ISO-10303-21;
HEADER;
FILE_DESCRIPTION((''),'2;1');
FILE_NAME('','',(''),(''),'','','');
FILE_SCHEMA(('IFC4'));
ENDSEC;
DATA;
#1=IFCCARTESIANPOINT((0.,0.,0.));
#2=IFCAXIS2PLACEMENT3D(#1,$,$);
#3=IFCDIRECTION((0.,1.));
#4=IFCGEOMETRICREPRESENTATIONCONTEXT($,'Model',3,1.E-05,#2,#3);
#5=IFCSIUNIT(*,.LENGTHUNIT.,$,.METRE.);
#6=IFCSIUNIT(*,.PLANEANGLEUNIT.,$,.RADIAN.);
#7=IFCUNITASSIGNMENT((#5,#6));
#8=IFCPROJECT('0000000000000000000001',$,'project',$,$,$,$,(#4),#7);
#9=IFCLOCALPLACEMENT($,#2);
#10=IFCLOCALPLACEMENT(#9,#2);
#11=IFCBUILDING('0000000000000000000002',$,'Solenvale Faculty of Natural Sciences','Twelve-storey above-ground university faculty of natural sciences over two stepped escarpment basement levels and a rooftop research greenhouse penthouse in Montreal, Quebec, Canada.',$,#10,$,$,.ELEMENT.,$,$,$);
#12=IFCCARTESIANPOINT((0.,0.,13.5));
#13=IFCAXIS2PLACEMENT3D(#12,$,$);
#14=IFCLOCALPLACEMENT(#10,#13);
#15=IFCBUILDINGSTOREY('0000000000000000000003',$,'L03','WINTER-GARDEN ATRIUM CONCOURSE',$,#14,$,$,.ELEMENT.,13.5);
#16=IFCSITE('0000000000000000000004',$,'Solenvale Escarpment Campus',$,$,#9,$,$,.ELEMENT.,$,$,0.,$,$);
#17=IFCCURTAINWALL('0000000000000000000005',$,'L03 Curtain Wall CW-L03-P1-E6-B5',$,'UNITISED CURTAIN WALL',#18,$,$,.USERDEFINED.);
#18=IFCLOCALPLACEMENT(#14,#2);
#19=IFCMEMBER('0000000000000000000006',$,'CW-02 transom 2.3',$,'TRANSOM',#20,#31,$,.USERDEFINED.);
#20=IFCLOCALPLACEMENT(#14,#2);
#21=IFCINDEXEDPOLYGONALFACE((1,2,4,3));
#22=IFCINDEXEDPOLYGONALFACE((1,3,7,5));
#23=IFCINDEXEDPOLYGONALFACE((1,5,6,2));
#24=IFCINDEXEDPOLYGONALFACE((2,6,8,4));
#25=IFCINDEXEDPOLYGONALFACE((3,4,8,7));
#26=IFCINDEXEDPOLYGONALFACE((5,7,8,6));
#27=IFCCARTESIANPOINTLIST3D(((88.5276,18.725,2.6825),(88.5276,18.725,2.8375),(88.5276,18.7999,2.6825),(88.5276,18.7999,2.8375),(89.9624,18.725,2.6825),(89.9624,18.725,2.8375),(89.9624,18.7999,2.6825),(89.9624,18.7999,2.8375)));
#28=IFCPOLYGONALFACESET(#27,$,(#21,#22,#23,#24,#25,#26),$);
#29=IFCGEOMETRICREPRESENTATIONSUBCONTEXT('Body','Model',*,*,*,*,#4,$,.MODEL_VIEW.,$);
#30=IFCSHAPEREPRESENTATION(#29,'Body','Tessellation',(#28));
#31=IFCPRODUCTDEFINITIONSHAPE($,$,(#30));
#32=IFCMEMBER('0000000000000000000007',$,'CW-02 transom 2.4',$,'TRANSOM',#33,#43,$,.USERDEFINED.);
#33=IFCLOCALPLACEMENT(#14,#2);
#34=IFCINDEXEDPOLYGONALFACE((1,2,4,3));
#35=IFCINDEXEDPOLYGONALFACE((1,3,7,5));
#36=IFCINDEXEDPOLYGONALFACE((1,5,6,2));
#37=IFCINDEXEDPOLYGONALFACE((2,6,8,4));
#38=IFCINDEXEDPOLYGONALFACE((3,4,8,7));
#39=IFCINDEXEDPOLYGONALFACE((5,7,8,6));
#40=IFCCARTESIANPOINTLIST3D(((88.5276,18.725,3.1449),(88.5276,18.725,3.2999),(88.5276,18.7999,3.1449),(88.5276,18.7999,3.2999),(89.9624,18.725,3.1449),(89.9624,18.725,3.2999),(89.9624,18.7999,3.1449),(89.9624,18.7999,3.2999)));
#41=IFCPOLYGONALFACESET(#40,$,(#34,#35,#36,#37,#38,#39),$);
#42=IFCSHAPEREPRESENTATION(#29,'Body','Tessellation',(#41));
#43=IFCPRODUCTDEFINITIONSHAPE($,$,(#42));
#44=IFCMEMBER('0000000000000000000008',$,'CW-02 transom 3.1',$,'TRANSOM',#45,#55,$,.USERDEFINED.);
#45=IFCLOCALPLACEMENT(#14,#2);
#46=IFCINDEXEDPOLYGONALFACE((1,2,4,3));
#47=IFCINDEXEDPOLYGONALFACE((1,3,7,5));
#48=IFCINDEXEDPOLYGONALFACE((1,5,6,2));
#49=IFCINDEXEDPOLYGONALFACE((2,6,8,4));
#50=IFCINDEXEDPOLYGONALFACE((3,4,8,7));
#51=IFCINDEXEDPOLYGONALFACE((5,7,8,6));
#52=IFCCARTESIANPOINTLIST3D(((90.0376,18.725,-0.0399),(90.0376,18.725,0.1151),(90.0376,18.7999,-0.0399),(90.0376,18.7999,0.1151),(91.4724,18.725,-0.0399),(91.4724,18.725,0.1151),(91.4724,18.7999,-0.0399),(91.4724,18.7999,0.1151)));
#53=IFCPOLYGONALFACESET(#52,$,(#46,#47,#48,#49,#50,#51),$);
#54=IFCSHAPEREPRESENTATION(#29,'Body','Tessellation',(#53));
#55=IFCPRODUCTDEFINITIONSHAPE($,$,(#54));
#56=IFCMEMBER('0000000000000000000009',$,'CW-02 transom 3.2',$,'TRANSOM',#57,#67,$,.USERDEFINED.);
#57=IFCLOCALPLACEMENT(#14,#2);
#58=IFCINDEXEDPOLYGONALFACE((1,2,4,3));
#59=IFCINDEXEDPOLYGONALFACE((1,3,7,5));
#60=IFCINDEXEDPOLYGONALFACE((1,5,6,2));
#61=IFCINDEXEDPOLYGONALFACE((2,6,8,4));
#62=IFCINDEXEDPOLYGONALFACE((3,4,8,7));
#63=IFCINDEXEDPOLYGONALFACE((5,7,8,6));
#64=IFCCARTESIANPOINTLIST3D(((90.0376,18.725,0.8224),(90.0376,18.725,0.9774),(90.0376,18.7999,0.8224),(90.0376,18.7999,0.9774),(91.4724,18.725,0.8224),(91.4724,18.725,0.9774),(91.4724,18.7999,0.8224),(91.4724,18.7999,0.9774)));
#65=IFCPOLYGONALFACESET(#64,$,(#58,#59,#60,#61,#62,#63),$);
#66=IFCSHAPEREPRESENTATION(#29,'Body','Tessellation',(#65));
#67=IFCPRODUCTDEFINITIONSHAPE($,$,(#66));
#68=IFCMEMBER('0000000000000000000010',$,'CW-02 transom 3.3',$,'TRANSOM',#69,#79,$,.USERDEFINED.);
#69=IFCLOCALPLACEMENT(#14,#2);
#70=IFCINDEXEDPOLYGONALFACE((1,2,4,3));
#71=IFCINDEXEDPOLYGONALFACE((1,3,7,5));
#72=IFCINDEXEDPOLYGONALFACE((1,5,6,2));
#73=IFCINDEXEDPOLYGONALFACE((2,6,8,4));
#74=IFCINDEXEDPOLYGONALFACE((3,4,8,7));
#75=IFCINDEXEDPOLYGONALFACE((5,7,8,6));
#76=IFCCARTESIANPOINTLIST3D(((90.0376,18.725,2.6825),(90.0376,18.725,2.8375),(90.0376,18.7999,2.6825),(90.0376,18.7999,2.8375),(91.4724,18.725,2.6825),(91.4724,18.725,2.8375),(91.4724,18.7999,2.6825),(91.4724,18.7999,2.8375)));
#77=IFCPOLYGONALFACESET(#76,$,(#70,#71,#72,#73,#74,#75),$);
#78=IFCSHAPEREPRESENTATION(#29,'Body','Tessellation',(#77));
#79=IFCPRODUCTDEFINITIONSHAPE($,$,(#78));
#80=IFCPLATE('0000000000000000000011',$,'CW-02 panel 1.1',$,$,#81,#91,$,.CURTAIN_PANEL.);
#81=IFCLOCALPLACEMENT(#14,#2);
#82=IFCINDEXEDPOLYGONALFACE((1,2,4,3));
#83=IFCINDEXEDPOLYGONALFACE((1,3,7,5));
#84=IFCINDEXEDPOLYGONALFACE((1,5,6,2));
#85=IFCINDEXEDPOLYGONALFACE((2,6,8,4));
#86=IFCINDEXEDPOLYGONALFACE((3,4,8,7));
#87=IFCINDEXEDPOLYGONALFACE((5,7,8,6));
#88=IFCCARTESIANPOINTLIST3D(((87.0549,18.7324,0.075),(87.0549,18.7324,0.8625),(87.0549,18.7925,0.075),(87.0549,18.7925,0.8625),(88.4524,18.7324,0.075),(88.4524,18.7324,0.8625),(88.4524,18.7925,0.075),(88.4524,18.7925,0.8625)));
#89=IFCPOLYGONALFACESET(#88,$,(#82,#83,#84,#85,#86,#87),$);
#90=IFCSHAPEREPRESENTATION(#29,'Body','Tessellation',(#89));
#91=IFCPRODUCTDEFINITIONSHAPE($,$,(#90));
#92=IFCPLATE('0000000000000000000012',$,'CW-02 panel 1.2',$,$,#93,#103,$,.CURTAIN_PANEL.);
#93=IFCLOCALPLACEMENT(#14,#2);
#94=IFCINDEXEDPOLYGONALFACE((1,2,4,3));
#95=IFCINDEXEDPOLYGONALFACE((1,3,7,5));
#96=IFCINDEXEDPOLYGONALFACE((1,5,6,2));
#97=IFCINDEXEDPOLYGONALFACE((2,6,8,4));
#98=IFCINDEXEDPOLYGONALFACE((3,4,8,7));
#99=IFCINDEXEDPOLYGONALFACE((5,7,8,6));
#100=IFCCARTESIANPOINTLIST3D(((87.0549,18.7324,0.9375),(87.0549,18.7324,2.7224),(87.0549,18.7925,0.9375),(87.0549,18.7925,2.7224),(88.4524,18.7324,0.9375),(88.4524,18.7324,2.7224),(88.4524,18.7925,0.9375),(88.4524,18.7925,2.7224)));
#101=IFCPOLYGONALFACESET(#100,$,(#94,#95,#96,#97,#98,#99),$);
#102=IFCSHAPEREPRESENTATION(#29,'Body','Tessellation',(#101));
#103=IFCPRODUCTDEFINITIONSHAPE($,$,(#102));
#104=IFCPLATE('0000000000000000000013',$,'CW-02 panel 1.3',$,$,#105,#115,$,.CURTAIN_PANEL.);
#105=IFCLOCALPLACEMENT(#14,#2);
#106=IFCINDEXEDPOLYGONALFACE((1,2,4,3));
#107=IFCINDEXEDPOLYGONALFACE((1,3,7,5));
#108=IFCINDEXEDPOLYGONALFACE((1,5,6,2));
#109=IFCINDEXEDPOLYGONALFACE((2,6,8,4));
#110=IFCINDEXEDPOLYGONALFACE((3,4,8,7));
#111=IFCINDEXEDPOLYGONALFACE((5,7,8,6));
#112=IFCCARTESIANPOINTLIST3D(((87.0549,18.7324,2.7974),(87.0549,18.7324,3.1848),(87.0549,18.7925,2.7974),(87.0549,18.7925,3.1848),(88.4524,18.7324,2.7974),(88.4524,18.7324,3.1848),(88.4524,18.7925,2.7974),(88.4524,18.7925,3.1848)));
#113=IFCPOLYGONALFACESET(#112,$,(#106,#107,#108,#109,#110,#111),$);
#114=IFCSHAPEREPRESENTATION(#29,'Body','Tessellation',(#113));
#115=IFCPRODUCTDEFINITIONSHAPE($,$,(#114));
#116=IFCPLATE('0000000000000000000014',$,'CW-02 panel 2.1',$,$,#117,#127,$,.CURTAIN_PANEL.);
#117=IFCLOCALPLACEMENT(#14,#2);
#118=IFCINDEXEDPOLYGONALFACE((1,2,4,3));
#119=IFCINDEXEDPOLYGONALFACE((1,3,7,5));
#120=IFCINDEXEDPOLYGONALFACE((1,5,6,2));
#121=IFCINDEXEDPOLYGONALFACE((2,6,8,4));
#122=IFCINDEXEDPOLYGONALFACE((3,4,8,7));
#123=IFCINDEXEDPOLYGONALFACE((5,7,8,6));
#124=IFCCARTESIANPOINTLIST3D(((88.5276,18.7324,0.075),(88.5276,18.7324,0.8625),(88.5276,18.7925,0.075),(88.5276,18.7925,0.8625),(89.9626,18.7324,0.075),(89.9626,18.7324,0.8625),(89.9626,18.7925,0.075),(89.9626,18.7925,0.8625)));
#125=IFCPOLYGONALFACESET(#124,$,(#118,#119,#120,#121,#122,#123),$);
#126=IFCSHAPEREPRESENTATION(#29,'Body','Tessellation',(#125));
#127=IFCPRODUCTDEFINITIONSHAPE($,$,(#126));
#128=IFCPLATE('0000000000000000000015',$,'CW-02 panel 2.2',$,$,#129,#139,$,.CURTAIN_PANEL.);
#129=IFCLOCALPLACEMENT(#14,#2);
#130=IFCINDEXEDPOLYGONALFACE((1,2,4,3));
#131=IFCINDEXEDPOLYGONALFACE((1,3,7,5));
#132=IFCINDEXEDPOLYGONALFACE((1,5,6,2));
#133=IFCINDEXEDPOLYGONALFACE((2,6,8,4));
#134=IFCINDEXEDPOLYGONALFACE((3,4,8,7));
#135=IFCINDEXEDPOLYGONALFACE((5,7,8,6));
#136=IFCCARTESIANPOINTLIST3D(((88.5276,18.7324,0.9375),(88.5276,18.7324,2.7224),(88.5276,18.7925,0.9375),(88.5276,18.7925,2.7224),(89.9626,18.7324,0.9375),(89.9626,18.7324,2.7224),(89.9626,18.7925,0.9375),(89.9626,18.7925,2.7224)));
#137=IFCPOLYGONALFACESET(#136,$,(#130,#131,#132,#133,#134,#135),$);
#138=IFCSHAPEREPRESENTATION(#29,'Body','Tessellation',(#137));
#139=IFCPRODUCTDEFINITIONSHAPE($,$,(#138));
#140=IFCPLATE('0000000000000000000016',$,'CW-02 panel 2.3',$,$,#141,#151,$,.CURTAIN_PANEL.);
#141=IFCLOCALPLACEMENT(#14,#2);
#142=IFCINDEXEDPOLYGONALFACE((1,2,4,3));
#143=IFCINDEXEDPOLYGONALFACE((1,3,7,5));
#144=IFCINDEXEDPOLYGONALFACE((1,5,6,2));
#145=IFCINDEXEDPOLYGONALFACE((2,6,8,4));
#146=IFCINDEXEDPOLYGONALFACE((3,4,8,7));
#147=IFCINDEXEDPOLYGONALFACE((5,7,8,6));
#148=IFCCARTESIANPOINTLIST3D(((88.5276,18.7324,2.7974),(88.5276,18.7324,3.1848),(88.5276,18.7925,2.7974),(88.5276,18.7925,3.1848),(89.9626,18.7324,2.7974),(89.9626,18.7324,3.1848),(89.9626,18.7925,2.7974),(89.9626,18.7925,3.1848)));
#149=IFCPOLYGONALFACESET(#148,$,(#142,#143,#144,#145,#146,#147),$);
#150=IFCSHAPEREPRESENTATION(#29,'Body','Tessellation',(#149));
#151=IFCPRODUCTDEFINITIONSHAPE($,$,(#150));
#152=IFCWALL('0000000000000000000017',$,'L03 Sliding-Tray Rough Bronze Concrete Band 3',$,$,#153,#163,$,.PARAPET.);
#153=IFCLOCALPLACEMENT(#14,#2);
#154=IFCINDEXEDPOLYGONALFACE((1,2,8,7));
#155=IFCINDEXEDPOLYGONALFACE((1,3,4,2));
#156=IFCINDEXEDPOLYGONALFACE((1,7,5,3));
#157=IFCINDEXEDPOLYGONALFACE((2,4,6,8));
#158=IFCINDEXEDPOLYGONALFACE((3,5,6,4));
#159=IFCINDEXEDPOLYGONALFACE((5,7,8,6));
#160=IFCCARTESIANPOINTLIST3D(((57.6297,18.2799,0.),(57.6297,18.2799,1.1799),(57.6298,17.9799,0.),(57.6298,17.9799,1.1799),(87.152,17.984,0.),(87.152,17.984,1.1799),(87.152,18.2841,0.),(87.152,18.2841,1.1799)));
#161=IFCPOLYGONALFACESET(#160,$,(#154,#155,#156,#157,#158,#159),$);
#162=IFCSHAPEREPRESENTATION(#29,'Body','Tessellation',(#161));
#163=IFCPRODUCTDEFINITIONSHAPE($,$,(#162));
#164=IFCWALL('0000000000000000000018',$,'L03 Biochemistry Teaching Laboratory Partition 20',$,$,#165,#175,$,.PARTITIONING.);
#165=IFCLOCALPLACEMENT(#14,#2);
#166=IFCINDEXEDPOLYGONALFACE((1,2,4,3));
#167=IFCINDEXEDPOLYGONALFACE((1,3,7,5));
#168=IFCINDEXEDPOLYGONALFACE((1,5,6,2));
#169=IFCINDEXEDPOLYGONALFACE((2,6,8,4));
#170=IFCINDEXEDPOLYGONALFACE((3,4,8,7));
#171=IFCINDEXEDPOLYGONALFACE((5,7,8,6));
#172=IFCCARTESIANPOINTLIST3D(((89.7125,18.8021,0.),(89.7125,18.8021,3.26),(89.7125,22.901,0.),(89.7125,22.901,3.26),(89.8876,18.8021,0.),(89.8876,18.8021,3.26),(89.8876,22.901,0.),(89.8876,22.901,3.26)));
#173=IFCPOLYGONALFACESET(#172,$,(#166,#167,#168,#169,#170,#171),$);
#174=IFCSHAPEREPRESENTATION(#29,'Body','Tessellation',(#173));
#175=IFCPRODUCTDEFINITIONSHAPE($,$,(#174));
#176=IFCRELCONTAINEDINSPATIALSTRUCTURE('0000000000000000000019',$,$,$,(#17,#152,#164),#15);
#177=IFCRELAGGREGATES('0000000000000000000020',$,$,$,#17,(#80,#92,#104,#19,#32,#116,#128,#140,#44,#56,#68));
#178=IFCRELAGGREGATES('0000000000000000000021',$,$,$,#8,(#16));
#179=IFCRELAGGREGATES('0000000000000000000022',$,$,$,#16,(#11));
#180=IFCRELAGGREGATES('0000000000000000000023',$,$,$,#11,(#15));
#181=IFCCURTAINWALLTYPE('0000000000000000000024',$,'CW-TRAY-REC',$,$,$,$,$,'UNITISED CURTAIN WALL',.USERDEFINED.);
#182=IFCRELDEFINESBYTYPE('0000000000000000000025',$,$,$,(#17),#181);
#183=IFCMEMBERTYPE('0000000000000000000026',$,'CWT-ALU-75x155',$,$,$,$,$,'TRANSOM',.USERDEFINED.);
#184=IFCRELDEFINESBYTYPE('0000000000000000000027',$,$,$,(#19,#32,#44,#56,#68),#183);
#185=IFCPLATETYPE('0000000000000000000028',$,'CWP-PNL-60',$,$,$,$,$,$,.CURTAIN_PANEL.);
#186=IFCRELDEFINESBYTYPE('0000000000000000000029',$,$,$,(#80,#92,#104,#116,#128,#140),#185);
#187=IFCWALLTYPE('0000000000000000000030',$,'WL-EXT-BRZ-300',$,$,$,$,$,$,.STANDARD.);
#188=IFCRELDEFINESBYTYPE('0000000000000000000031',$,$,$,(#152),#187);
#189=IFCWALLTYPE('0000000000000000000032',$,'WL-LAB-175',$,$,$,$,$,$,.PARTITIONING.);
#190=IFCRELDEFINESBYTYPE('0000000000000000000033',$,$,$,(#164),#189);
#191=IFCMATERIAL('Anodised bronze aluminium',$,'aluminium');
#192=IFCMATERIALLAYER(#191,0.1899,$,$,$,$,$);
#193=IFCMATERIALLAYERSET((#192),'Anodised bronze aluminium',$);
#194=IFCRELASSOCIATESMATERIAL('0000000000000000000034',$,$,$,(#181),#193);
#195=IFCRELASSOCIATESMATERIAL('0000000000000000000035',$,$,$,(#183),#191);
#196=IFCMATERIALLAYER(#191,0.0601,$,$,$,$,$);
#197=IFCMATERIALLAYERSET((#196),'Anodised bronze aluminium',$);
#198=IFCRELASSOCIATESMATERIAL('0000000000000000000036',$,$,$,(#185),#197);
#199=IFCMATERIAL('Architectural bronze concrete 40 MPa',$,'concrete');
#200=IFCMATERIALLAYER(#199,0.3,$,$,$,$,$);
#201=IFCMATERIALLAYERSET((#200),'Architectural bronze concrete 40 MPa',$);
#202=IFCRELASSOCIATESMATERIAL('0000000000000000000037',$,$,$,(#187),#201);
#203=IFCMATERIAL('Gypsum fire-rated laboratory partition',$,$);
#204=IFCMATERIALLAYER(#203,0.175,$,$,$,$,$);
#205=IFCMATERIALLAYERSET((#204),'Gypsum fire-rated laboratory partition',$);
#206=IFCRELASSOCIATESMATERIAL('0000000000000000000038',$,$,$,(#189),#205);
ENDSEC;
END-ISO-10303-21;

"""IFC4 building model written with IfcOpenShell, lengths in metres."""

from ifc_helpers import new_model, si_unit, direction, frame, frame_2d, origin, origin_2d, place, context, subcontext, project, spatial, rectangle, extrude, material, layer, layer_set, material_profile, profile_set, type_object, element, aggregate, save


model = new_model("IFC4")

# Units and contexts
model_context = context("Model", 3, precision=1e-05, world=origin(), true_north=direction((0.0, 1.0)))
body_context = subcontext(model_context, "Body", "Model", "MODEL_VIEW")
ifc_project = project(units=[si_unit("LENGTHUNIT", "METRE"), si_unit("PLANEANGLEUNIT", "RADIAN")], contexts=[model_context])

# Site, building, storey
site_placement = place(None, origin())
site = spatial("IfcSite", under=ifc_project, at=site_placement, Name="Solenvale Escarpment Campus", CompositionType="ELEMENT", RefElevation=0.0)
building_placement = place(site_placement, origin())
building = spatial("IfcBuilding", under=site, at=building_placement, Name="Solenvale Faculty of Natural Sciences", Description="Twelve-storey above-ground university faculty of natural sciences over two stepped escarpment basement levels and a rooftop research greenhouse penthouse in Montreal, Quebec, Canada.", CompositionType="ELEMENT")
storey_placement = place(building_placement, frame((0.0, 0.0, 13.5)))
storey = spatial("IfcBuildingStorey", under=building, at=storey_placement, Name="L03", Description="WINTER-GARDEN ATRIUM CONCOURSE", CompositionType="ELEMENT", Elevation=13.5)

# Curtain wall, members, plates
ifc_material_1 = material(Name="Anodised bronze aluminium", Category="aluminium")
ifc_layer_1 = layer(ifc_material_1, 0.1899)
ifc_layer_set_1 = layer_set([ifc_layer_1], Name="Anodised bronze aluminium")
curtain_wall_type = type_object("IfcCurtainWallType", Name="CW-TRAY-REC", ElementType="UNITISED CURTAIN WALL", PredefinedType="USERDEFINED", material=ifc_layer_set_1)
curtain_wall_placement = place(storey_placement, origin())
curtain_wall = element("IfcCurtainWall", 1, at=curtain_wall_placement, inside=storey, type_object=curtain_wall_type, Name="L03 Curtain Wall CW-L03-P1-E6-B5", ObjectType="UNITISED CURTAIN WALL", PredefinedType="USERDEFINED")
ifc_material_profile_1 = material_profile(ifc_material_1, rectangle(XDim=0.075, YDim=0.155, at=origin_2d()), Name="ALU-TRN-75x155")
ifc_profile_set_1 = profile_set([ifc_material_profile_1], Name="Anodised bronze aluminium")
member_type_1 = type_object("IfcMemberType", Name="CWT-ALU-75x155", ElementType="TRANSOM", PredefinedType="USERDEFINED", material=ifc_profile_set_1)
member_1_placement = place(storey_placement, frame((88.5276, 18.7625, 2.76), z_axis=(1.0, 0.0, 0.0), x_axis=(0.0, 1.0, 0.0)))
member_1 = element("IfcMember", 2, at=member_1_placement, type_object=member_type_1, Name="CW-02 transom 2.3", ObjectType="TRANSOM", PredefinedType="USERDEFINED", context=body_context, shape_type="SweptSolid", body=[
    extrude(rectangle(XDim=0.075, YDim=0.155, at=origin_2d()), origin(), (0.0, 0.0, 1.0), 1.4348),
])
member_2_placement = place(storey_placement, frame((88.5276, 18.7625, 3.2224), z_axis=(1.0, 0.0, 0.0), x_axis=(0.0, 1.0, 0.0)))
member_2 = element("IfcMember", 3, at=member_2_placement, type_object=member_type_1, Name="CW-02 transom 2.4", ObjectType="TRANSOM", PredefinedType="USERDEFINED", context=body_context, shape_type="SweptSolid", body=[
    extrude(rectangle(XDim=0.075, YDim=0.155, at=origin_2d()), origin(), (0.0, 0.0, 1.0), 1.4348),
])
member_3_placement = place(storey_placement, frame((90.0376, 18.7625, 0.0376), z_axis=(1.0, 0.0, 0.0), x_axis=(0.0, 1.0, 0.0)))
member_3 = element("IfcMember", 4, at=member_3_placement, type_object=member_type_1, Name="CW-02 transom 3.1", ObjectType="TRANSOM", PredefinedType="USERDEFINED", context=body_context, shape_type="SweptSolid", body=[
    extrude(rectangle(XDim=0.075, YDim=0.155, at=origin_2d()), origin(), (0.0, 0.0, 1.0), 1.4348),
])
member_4_placement = place(storey_placement, frame((90.0376, 18.7625, 0.8999), z_axis=(1.0, 0.0, 0.0), x_axis=(0.0, 1.0, 0.0)))
member_4 = element("IfcMember", 5, at=member_4_placement, type_object=member_type_1, Name="CW-02 transom 3.2", ObjectType="TRANSOM", PredefinedType="USERDEFINED", context=body_context, shape_type="SweptSolid", body=[
    extrude(rectangle(XDim=0.075, YDim=0.155, at=origin_2d()), origin(), (0.0, 0.0, 1.0), 1.4348),
])
member_5_placement = place(storey_placement, frame((90.0376, 18.7625, 2.76), z_axis=(1.0, 0.0, 0.0), x_axis=(0.0, 1.0, 0.0)))
member_5 = element("IfcMember", 6, at=member_5_placement, type_object=member_type_1, Name="CW-02 transom 3.3", ObjectType="TRANSOM", PredefinedType="USERDEFINED", context=body_context, shape_type="SweptSolid", body=[
    extrude(rectangle(XDim=0.075, YDim=0.155, at=origin_2d()), origin(), (0.0, 0.0, 1.0), 1.4348),
])
ifc_layer_2 = layer(ifc_material_1, 0.0601)
ifc_layer_set_2 = layer_set([ifc_layer_2], Name="Anodised bronze aluminium")
plate_type = type_object("IfcPlateType", Name="CWP-PNL-60", PredefinedType="CURTAIN_PANEL", material=ifc_layer_set_2)
plate_1_placement = place(storey_placement, frame((87.7537, 18.7625, 0.075), z_axis=(0.0, 0.0, 1.0), x_axis=(1.0, 0.0, 0.0)))
plate_1 = element("IfcPlate", 7, at=plate_1_placement, type_object=plate_type, Name="CW-02 panel 1.1", PredefinedType="CURTAIN_PANEL", context=body_context, shape_type="SweptSolid", body=[
    extrude(rectangle(XDim=1.3975, YDim=0.0601, at=origin_2d()), origin(), (0.0, 0.0, 1.0), 0.7876),
])
plate_2_placement = place(storey_placement, frame((87.7537, 18.7625, 0.9375), z_axis=(0.0, 0.0, 1.0), x_axis=(1.0, 0.0, 0.0)))
plate_2 = element("IfcPlate", 8, at=plate_2_placement, type_object=plate_type, Name="CW-02 panel 1.2", PredefinedType="CURTAIN_PANEL", context=body_context, shape_type="SweptSolid", body=[
    extrude(rectangle(XDim=1.3975, YDim=0.0601, at=origin_2d()), origin(), (0.0, 0.0, 1.0), 1.7849),
])
plate_3_placement = place(storey_placement, frame((87.7537, 18.7625, 2.7974), z_axis=(0.0, 0.0, 1.0), x_axis=(1.0, 0.0, 0.0)))
plate_3 = element("IfcPlate", 9, at=plate_3_placement, type_object=plate_type, Name="CW-02 panel 1.3", PredefinedType="CURTAIN_PANEL", context=body_context, shape_type="SweptSolid", body=[
    extrude(rectangle(XDim=1.3975, YDim=0.0601, at=origin_2d()), origin(), (0.0, 0.0, 1.0), 0.3875),
])
plate_4_placement = place(storey_placement, frame((89.2451, 18.7625, 0.075), z_axis=(0.0, 0.0, 1.0), x_axis=(1.0, 0.0, 0.0)))
plate_4 = element("IfcPlate", 10, at=plate_4_placement, type_object=plate_type, Name="CW-02 panel 2.1", PredefinedType="CURTAIN_PANEL", context=body_context, shape_type="SweptSolid", body=[
    extrude(rectangle(XDim=1.4351, YDim=0.0601, at=origin_2d()), origin(), (0.0, 0.0, 1.0), 0.7876),
])
plate_5_placement = place(storey_placement, frame((89.2451, 18.7625, 0.9375), z_axis=(0.0, 0.0, 1.0), x_axis=(1.0, 0.0, 0.0)))
plate_5 = element("IfcPlate", 11, at=plate_5_placement, type_object=plate_type, Name="CW-02 panel 2.2", PredefinedType="CURTAIN_PANEL", context=body_context, shape_type="SweptSolid", body=[
    extrude(rectangle(XDim=1.4351, YDim=0.0601, at=origin_2d()), origin(), (0.0, 0.0, 1.0), 1.7849),
])
plate_6_placement = place(storey_placement, frame((89.2451, 18.7625, 2.7974), z_axis=(0.0, 0.0, 1.0), x_axis=(1.0, 0.0, 0.0)))
plate_6 = element("IfcPlate", 12, at=plate_6_placement, type_object=plate_type, Name="CW-02 panel 2.3", PredefinedType="CURTAIN_PANEL", context=body_context, shape_type="SweptSolid", body=[
    extrude(rectangle(XDim=1.4351, YDim=0.0601, at=origin_2d()), origin(), (0.0, 0.0, 1.0), 0.3875),
])
aggregate(curtain_wall, [plate_1, plate_2, plate_3, member_1, member_2, plate_4, plate_5, plate_6, member_3, member_4, member_5])

# Walls
ifc_material_2 = material(Name="Architectural bronze concrete 40 MPa", Category="concrete")
ifc_layer_3 = layer(ifc_material_2, 0.3)
ifc_layer_set_3 = layer_set([ifc_layer_3], Name="Architectural bronze concrete 40 MPa")
wall_type_1 = type_object("IfcWallType", Name="WL-EXT-BRZ-300", PredefinedType="STANDARD", material=ifc_layer_set_3)
wall_1_placement = place(storey_placement, frame((87.1521, 18.134, 0.0), z_axis=(0.0, 0.0, 1.0), x_axis=(-1.0, -0.000141, 0.0)))
element("IfcWall", 13, at=wall_1_placement, inside=storey, type_object=wall_type_1, Name="L03 Sliding-Tray Rough Bronze Concrete Band 3", PredefinedType="PARAPET", context=body_context, shape_type="SweptSolid", body=[
    extrude(rectangle(XDim=29.5222, YDim=0.3, at=frame_2d((14.7612, 0.0))), origin(), (0.0, 0.0, 1.0), 1.1799),
])
ifc_material_3 = material(Name="Gypsum fire-rated laboratory partition")
ifc_layer_4 = layer(ifc_material_3, 0.175)
ifc_layer_set_4 = layer_set([ifc_layer_4], Name="Gypsum fire-rated laboratory partition")
wall_type_2 = type_object("IfcWallType", Name="WL-LAB-175", PredefinedType="PARTITIONING", material=ifc_layer_set_4)
wall_2_placement = place(storey_placement, frame((89.8, 22.9009, 0.0), z_axis=(0.0, 0.0, 1.0), x_axis=(0.0, -1.0, 0.0)))
element("IfcWall", 14, at=wall_2_placement, inside=storey, type_object=wall_type_2, Name="L03 Biochemistry Teaching Laboratory Partition 20", PredefinedType="PARTITIONING", context=body_context, shape_type="SweptSolid", body=[
    extrude(rectangle(XDim=4.0989, YDim=0.175, at=frame_2d((2.0493, 0.0))), origin(), (0.0, 0.0, 1.0), 3.26),
])

save(model, "model.ifc")
